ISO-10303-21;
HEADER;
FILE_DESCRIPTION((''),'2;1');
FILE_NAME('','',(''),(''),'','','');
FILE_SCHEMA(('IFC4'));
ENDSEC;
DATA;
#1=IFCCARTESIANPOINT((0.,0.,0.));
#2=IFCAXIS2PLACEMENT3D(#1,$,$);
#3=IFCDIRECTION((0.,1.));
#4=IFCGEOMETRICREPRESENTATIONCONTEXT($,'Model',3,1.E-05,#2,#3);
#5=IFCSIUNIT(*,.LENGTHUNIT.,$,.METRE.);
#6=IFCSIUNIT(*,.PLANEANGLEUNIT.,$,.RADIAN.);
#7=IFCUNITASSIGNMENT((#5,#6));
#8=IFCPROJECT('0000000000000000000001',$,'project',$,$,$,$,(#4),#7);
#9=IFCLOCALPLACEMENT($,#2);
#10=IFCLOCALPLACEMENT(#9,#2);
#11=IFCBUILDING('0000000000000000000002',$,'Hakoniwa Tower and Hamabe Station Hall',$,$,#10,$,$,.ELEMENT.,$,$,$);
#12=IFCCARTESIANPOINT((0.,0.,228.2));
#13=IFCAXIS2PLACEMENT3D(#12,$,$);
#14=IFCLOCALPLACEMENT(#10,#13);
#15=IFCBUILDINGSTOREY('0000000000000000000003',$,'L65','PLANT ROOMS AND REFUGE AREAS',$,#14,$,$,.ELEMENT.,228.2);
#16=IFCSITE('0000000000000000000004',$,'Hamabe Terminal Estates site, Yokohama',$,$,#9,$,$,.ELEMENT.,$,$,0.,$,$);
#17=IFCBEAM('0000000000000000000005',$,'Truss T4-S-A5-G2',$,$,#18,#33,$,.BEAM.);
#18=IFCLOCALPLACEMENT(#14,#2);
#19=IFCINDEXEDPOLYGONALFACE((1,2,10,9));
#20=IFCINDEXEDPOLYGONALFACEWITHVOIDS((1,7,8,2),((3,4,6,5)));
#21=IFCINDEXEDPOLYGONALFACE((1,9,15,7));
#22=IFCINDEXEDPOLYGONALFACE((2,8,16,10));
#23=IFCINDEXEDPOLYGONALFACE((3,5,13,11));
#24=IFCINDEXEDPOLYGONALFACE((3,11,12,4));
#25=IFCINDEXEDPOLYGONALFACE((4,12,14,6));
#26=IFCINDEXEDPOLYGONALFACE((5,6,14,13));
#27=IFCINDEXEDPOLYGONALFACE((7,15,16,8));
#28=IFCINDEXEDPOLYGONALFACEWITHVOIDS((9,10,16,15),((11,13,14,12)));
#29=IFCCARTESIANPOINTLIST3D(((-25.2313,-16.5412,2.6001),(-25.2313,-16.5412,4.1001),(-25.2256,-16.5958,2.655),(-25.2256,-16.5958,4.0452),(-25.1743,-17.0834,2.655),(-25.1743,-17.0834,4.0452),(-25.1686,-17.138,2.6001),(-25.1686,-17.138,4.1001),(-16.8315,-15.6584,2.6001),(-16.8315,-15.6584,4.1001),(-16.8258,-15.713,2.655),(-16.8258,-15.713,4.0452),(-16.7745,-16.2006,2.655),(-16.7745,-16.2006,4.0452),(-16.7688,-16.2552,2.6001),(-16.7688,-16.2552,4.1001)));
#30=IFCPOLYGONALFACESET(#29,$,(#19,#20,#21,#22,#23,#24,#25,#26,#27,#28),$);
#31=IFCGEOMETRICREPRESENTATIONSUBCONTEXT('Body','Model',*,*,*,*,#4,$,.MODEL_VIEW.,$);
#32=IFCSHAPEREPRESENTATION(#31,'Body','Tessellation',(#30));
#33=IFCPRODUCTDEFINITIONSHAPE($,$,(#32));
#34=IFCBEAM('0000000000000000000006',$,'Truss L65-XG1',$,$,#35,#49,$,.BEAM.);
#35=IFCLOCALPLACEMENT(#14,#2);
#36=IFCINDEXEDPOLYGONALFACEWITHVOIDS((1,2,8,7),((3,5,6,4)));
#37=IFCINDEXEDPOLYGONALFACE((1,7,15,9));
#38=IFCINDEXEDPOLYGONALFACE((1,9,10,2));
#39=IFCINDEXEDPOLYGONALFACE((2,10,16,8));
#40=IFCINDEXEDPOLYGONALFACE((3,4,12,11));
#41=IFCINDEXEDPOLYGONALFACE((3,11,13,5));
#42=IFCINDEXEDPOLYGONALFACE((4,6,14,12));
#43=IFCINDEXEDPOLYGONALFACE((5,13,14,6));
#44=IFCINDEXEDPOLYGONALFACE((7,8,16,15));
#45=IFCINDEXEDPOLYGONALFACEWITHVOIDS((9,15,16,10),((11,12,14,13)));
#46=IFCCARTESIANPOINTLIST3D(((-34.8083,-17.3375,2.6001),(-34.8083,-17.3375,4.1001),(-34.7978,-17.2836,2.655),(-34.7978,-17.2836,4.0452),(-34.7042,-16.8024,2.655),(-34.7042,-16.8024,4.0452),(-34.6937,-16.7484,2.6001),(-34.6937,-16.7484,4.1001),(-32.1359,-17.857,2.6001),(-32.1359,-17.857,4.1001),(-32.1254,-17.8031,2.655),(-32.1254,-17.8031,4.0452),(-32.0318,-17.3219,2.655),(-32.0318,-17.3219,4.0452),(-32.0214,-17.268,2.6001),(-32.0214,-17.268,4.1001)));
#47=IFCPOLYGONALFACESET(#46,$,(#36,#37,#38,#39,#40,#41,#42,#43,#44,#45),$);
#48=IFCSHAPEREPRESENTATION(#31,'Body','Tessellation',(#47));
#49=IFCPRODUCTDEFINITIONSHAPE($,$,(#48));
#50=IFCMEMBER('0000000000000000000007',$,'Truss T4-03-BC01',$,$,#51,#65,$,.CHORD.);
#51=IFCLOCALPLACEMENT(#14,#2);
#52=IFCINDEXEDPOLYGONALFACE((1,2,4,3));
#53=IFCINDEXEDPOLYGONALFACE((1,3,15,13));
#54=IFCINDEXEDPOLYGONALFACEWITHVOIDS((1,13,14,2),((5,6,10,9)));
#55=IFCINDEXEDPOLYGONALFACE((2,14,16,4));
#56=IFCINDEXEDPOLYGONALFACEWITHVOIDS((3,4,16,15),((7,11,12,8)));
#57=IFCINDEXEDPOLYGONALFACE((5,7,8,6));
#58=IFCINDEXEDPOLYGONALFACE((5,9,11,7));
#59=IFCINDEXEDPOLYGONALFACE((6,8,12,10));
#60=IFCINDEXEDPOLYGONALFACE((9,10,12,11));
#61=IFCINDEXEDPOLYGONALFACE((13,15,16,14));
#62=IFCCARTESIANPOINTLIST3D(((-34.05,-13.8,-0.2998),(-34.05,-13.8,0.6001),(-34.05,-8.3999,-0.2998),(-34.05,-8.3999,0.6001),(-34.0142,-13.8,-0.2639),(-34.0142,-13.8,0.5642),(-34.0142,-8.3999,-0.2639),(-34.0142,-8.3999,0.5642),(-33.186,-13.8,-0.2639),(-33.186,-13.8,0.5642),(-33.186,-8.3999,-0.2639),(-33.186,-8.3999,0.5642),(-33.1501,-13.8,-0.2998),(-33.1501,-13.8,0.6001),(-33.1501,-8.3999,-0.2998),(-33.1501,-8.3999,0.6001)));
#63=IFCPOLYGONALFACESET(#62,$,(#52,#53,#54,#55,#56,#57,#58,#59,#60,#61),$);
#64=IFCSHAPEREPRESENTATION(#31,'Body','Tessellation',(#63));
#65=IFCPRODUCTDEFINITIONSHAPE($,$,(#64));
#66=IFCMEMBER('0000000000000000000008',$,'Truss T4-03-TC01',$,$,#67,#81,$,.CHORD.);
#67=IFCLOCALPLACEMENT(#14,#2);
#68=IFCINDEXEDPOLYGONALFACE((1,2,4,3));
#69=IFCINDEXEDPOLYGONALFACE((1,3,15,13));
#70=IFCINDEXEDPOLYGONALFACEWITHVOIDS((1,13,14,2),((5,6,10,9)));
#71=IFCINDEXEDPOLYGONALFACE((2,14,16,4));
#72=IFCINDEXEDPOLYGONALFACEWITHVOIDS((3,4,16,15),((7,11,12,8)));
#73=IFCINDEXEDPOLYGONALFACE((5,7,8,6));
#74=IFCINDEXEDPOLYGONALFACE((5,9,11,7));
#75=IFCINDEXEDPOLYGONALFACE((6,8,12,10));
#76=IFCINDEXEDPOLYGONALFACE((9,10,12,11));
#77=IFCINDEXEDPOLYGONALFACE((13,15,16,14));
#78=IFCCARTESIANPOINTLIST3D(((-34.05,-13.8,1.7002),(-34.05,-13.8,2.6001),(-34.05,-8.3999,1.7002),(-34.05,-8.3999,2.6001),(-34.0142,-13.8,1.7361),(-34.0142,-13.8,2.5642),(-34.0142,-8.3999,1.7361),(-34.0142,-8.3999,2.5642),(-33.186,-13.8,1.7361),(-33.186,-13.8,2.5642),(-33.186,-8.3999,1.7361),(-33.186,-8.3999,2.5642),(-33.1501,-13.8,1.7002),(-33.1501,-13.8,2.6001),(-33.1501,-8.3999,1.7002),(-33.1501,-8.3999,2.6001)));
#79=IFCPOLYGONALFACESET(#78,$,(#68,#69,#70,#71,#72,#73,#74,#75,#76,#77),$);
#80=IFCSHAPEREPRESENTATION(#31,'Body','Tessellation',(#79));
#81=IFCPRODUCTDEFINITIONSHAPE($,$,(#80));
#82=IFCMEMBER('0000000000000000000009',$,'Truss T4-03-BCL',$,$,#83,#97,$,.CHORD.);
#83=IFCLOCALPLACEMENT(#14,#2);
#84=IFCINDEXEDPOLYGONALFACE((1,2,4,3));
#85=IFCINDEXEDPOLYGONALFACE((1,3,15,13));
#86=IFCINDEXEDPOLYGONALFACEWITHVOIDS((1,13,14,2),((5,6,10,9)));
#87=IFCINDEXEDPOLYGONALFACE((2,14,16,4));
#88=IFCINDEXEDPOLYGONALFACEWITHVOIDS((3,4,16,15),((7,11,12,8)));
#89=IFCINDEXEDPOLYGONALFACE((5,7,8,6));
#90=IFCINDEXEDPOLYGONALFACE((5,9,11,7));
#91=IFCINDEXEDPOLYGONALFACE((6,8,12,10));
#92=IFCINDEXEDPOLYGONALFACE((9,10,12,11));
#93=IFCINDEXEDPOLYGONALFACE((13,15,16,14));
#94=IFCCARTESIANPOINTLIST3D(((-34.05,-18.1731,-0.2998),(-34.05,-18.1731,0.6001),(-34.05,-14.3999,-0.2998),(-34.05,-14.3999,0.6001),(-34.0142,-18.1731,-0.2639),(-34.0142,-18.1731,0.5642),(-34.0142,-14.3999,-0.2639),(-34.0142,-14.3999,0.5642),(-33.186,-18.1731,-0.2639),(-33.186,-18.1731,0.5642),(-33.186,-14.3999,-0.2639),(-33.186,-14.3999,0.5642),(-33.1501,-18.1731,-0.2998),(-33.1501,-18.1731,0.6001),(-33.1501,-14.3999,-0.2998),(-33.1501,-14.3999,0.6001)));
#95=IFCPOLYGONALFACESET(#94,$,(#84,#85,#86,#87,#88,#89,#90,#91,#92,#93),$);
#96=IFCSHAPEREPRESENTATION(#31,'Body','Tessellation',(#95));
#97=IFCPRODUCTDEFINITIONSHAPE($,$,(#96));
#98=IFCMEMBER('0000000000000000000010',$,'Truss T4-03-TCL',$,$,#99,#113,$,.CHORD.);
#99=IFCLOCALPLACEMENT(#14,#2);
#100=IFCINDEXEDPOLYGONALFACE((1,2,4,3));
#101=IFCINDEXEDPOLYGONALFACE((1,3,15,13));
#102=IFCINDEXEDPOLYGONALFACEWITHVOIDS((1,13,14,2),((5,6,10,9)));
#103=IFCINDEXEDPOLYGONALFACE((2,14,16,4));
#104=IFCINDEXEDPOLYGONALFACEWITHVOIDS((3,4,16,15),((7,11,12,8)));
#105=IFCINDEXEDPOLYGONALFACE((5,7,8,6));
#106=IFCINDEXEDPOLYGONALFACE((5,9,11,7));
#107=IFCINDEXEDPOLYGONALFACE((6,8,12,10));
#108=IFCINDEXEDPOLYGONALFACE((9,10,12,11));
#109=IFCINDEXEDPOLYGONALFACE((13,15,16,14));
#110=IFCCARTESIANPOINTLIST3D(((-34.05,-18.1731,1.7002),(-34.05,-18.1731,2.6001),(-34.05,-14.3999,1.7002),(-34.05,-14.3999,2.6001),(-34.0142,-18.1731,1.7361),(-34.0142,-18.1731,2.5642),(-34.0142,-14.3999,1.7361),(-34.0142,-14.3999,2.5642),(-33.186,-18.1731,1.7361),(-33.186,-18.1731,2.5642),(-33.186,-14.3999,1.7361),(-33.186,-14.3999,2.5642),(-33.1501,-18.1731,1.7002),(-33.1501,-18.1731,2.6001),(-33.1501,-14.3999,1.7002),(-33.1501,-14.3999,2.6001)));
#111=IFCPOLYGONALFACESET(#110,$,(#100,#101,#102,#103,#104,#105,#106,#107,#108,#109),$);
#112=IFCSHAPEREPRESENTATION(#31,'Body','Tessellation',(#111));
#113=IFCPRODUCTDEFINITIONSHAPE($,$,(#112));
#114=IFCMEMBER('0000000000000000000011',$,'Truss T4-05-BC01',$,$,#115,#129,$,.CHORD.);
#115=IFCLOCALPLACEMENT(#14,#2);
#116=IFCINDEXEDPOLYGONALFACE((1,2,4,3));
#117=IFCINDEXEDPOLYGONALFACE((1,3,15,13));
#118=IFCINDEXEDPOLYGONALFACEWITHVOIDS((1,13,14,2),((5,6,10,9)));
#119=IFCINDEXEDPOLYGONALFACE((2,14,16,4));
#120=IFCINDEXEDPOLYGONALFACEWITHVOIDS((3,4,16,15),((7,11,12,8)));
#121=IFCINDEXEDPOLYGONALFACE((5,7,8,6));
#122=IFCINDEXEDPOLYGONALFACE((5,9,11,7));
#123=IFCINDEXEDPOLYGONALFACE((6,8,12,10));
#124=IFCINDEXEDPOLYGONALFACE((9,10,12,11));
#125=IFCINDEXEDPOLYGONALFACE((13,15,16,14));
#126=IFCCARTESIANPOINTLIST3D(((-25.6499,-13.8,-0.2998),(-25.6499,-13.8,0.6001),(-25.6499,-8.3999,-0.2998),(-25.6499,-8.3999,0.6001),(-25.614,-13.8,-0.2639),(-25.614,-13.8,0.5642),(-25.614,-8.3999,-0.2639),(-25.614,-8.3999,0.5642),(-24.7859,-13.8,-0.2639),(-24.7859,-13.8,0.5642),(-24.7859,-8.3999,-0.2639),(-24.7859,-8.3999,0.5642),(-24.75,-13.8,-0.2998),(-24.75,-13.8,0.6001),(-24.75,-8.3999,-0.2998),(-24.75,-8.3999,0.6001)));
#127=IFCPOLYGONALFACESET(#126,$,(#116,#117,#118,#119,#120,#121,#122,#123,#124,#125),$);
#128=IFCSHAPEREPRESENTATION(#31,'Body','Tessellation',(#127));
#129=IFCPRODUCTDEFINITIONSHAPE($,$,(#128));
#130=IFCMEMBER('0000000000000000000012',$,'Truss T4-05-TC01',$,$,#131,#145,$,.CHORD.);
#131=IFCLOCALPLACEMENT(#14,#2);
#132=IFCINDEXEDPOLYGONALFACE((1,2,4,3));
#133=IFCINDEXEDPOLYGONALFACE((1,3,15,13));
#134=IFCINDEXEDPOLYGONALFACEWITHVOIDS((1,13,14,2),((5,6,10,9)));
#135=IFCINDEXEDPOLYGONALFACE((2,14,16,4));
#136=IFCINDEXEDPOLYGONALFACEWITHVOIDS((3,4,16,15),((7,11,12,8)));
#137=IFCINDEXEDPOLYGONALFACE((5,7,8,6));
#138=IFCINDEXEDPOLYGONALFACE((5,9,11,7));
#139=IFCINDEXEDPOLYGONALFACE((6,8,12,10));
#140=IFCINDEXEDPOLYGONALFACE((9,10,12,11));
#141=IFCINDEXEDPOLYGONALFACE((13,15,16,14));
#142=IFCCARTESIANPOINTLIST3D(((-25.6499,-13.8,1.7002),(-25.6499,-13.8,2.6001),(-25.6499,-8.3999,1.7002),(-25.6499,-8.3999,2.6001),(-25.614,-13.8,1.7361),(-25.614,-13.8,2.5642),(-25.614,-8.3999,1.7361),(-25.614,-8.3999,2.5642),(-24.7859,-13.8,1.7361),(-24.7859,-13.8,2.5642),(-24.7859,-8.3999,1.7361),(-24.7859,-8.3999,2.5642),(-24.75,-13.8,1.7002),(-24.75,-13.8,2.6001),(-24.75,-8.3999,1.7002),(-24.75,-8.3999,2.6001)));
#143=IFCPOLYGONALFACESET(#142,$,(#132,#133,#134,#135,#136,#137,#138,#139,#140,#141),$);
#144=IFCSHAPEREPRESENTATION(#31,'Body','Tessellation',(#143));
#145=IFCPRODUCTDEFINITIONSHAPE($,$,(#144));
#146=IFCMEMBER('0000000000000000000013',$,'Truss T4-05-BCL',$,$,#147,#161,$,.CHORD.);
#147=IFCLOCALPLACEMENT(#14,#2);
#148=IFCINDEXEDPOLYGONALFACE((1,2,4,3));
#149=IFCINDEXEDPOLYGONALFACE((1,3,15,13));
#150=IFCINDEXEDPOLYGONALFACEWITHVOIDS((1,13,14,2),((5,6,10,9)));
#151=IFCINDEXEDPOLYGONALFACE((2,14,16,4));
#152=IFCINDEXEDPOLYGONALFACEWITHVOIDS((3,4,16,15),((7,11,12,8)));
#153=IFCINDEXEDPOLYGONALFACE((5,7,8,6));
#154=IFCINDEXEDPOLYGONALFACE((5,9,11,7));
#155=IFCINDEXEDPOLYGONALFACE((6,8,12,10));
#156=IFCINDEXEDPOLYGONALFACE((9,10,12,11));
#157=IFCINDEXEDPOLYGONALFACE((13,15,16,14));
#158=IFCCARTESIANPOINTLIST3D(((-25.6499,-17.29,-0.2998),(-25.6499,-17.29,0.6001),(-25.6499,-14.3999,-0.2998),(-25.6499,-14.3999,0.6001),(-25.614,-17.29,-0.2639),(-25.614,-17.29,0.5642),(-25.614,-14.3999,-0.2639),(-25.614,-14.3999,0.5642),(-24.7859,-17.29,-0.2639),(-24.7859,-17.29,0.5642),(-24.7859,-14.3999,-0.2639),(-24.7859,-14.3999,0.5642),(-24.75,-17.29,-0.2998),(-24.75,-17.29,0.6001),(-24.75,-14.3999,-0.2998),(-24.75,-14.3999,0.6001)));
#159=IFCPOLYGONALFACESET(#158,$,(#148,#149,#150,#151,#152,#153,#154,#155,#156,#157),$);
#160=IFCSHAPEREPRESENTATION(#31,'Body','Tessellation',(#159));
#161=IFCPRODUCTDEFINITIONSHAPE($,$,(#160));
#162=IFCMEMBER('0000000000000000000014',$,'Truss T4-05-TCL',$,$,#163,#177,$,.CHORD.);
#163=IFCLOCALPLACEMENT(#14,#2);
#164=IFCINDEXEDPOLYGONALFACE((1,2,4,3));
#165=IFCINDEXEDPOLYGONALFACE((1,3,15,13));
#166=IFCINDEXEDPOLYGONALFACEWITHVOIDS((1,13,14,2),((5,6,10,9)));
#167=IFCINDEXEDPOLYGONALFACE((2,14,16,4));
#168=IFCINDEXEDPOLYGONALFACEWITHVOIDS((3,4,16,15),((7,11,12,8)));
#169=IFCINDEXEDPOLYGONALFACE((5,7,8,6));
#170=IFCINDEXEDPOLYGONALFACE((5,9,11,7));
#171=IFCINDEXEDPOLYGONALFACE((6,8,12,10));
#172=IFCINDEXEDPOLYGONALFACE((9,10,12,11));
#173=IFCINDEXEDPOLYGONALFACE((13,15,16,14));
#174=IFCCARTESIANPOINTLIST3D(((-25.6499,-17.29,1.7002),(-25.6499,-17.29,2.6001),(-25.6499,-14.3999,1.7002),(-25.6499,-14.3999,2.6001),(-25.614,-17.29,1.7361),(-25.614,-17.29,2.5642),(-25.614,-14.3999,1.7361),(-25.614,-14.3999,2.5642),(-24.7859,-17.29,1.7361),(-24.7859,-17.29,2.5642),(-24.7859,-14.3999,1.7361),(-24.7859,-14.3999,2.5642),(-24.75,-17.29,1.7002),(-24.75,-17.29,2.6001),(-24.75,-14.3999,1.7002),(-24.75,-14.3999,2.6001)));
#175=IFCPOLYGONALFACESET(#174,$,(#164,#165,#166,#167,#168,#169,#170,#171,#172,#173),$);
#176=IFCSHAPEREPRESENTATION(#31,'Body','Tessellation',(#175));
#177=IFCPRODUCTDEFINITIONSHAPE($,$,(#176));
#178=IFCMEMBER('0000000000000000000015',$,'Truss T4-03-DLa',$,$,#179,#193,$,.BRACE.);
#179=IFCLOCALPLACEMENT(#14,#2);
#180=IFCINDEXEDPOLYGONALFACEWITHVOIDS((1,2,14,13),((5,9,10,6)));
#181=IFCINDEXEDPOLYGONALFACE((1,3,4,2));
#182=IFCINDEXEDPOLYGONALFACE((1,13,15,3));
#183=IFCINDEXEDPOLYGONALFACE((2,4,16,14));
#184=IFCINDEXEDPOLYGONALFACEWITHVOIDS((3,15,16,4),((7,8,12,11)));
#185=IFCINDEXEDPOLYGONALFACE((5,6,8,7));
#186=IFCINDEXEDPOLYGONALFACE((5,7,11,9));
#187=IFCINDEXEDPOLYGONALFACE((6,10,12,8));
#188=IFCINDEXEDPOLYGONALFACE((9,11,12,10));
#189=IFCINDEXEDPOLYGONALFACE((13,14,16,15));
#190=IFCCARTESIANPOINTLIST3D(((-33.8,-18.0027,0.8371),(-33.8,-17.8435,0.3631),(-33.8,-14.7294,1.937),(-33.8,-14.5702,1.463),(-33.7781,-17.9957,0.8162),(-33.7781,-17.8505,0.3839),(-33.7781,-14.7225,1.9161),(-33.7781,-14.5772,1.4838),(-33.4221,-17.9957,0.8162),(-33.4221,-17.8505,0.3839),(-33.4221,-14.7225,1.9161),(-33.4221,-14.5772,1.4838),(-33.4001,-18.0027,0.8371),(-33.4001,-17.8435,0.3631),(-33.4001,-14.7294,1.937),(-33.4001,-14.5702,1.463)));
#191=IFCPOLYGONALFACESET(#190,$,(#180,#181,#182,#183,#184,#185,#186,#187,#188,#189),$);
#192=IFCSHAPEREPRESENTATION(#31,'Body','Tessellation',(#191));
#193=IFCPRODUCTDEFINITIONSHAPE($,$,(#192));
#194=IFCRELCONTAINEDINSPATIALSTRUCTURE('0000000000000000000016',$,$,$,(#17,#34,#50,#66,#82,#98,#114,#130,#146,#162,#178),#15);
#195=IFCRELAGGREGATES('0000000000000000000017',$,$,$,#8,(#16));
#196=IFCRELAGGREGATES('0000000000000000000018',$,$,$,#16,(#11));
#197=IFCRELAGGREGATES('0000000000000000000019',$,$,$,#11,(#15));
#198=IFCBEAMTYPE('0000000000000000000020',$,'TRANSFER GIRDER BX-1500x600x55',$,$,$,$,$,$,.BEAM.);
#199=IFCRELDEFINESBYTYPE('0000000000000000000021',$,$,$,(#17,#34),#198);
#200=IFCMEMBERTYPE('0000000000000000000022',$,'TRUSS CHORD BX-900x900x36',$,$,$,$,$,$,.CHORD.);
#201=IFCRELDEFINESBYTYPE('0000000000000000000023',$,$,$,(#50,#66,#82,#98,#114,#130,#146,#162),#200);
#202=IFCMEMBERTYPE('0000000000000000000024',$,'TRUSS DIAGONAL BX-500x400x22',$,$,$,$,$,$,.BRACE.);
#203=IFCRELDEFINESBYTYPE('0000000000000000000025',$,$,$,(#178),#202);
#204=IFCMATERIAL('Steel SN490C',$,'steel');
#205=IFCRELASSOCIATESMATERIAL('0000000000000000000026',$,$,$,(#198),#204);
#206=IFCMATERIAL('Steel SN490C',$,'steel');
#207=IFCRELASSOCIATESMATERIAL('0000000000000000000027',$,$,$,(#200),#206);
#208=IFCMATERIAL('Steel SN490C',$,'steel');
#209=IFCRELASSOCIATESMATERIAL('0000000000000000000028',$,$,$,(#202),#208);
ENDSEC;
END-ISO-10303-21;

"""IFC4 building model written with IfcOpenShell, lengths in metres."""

from ifc_helpers import new_model, si_unit, direction, frame, origin, origin_2d, place, context, subcontext, project, spatial, hollow_rectangle, extrude, material, material_profile, profile_set, type_object, element, save


model = new_model("IFC4")

# Units and contexts
model_context = context("Model", 3, precision=1e-05, world=origin(), true_north=direction((0.0, 1.0)))
body_context = subcontext(model_context, "Body", "Model", "MODEL_VIEW")
ifc_project = project(units=[si_unit("LENGTHUNIT", "METRE"), si_unit("PLANEANGLEUNIT", "RADIAN")], contexts=[model_context])

# Site, building, storey
site_placement = place(None, origin())
site = spatial("IfcSite", under=ifc_project, at=site_placement, Name="Hamabe Terminal Estates site, Yokohama", CompositionType="ELEMENT", RefElevation=0.0)
building_placement = place(site_placement, origin())
building = spatial("IfcBuilding", under=site, at=building_placement, Name="Hakoniwa Tower and Hamabe Station Hall", CompositionType="ELEMENT")
storey_placement = place(building_placement, frame((0.0, 0.0, 228.2)))
storey = spatial("IfcBuildingStorey", under=building, at=storey_placement, Name="L65", Description="PLANT ROOMS AND REFUGE AREAS", CompositionType="ELEMENT", Elevation=228.2)

# Beams
ifc_material_1 = material(Name="Steel SN490C", Category="steel")
ifc_material_profile_1 = material_profile(ifc_material_1, hollow_rectangle(XDim=0.6001, YDim=1.5, WallThickness=0.0549, at=origin_2d()), Name="BX-1500x600x55")
ifc_profile_set_1 = profile_set([ifc_material_profile_1], Name="Steel SN490C")
beam_type = type_object("IfcBeamType", Name="TRANSFER GIRDER BX-1500x600x55", PredefinedType="BEAM", material=ifc_profile_set_1)
beam_1_placement = place(storey_placement, frame((-25.2, -16.8396, 3.3501), z_axis=(0.994523, 0.104522, 0.0), x_axis=(-0.104522, 0.994523, 0.0)))
element("IfcBeam", 1, at=beam_1_placement, inside=storey, type_object=beam_type, Name="Truss T4-S-A5-G2", PredefinedType="BEAM", context=body_context, shape_type="SweptSolid", body=[
    extrude(hollow_rectangle(XDim=0.6001, YDim=1.5, WallThickness=0.0549, at=origin_2d()), origin(), (0.0, 0.0, 1.0), 8.446),
])
beam_2_placement = place(storey_placement, frame((-32.0786, -17.5625, 3.3501), z_axis=(-0.981622, 0.190836, 0.0), x_axis=(-0.190836, -0.981622, 0.0)))
element("IfcBeam", 2, at=beam_2_placement, inside=storey, type_object=beam_type, Name="Truss L65-XG1", PredefinedType="BEAM", context=body_context, shape_type="SweptSolid", body=[
    extrude(hollow_rectangle(XDim=0.6001, YDim=1.5, WallThickness=0.0549, at=origin_2d()), origin(), (0.0, 0.0, 1.0), 2.7224),
])

# Members
ifc_material_2 = material(Name="Steel SN490C", Category="steel")
ifc_material_profile_2 = material_profile(ifc_material_2, hollow_rectangle(XDim=0.8999, YDim=0.8999, WallThickness=0.0359, at=origin_2d()), Name="BX-900x900x36")
ifc_profile_set_2 = profile_set([ifc_material_profile_2], Name="Steel SN490C")
member_type_1 = type_object("IfcMemberType", Name="TRUSS CHORD BX-900x900x36", PredefinedType="CHORD", material=ifc_profile_set_2)
for number, where, z_axis, x_axis, name in (
    (3, (-33.6001, -13.8, 0.1501), (0.0, 1.0, 0.0), (-1.0, 0.0, 0.0), "Truss T4-03-BC01"),
    (4, (-33.6001, -13.8, 2.1501), (0.0, 1.0, 0.0), (-1.0, 0.0, 0.0), "Truss T4-03-TC01"),
):
    element("IfcMember", number, at=place(storey_placement, frame(where, z_axis=z_axis, x_axis=x_axis)), inside=storey, type_object=member_type_1, Name=name, PredefinedType="CHORD", context=body_context, shape_type="SweptSolid", body=[
        extrude(hollow_rectangle(XDim=0.8999, YDim=0.8999, WallThickness=0.0359, at=origin_2d()), origin(), (0.0, 0.0, 1.0), 5.4001),
    ])
for number, where, z_axis, x_axis, name in (
    (5, (-33.6001, -18.1731, 0.1501), (0.0, 1.0, 0.0), (-1.0, 0.0, 0.0), "Truss T4-03-BCL"),
    (6, (-33.6001, -18.1731, 2.1501), (0.0, 1.0, 0.0), (-1.0, 0.0, 0.0), "Truss T4-03-TCL"),
):
    element("IfcMember", number, at=place(storey_placement, frame(where, z_axis=z_axis, x_axis=x_axis)), inside=storey, type_object=member_type_1, Name=name, PredefinedType="CHORD", context=body_context, shape_type="SweptSolid", body=[
        extrude(hollow_rectangle(XDim=0.8999, YDim=0.8999, WallThickness=0.0359, at=origin_2d()), origin(), (0.0, 0.0, 1.0), 3.7732),
    ])
for number, where, z_axis, x_axis, name in (
    (7, (-25.2, -13.8, 0.1501), (0.0, 1.0, 0.0), (-1.0, 0.0, 0.0), "Truss T4-05-BC01"),
    (8, (-25.2, -13.8, 2.1501), (0.0, 1.0, 0.0), (-1.0, 0.0, 0.0), "Truss T4-05-TC01"),
):
    element("IfcMember", number, at=place(storey_placement, frame(where, z_axis=z_axis, x_axis=x_axis)), inside=storey, type_object=member_type_1, Name=name, PredefinedType="CHORD", context=body_context, shape_type="SweptSolid", body=[
        extrude(hollow_rectangle(XDim=0.8999, YDim=0.8999, WallThickness=0.0359, at=origin_2d()), origin(), (0.0, 0.0, 1.0), 5.4001),
    ])
for number, where, z_axis, x_axis, name in (
    (9, (-25.2, -17.29, 0.1501), (0.0, 1.0, 0.0), (-1.0, 0.0, 0.0), "Truss T4-05-BCL"),
    (10, (-25.2, -17.29, 2.1501), (0.0, 1.0, 0.0), (-1.0, 0.0, 0.0), "Truss T4-05-TCL"),
):
    element("IfcMember", number, at=place(storey_placement, frame(where, z_axis=z_axis, x_axis=x_axis)), inside=storey, type_object=member_type_1, Name=name, PredefinedType="CHORD", context=body_context, shape_type="SweptSolid", body=[
        extrude(hollow_rectangle(XDim=0.8999, YDim=0.8999, WallThickness=0.0359, at=origin_2d()), origin(), (0.0, 0.0, 1.0), 2.8901),
    ])
ifc_material_3 = material(Name="Steel SN490C", Category="steel")
ifc_material_profile_3 = material_profile(ifc_material_3, hollow_rectangle(XDim=0.3999, YDim=0.5, WallThickness=0.022, at=origin_2d()), Name="BX-500x400x22")
ifc_profile_set_3 = profile_set([ifc_material_profile_3], Name="Steel SN490C")
member_type_2 = type_object("IfcMemberType", Name="TRUSS DIAGONAL BX-500x400x22", PredefinedType="BRACE", material=ifc_profile_set_3)
member_1_placement = place(storey_placement, frame((-33.6001, -17.9231, 0.6001), z_axis=(0.0, 0.947917, 0.318518), x_axis=(-1.0, 0.0, 0.0)))
element("IfcMember", 11, at=member_1_placement, inside=storey, type_object=member_type_2, Name="Truss T4-03-DLa", PredefinedType="BRACE", context=body_context, shape_type="SweptSolid", body=[
    extrude(hollow_rectangle(XDim=0.3999, YDim=0.5, WallThickness=0.022, at=origin_2d()), origin(), (0.0, 0.0, 1.0), 3.4531),
])

save(model, "model.ifc")
